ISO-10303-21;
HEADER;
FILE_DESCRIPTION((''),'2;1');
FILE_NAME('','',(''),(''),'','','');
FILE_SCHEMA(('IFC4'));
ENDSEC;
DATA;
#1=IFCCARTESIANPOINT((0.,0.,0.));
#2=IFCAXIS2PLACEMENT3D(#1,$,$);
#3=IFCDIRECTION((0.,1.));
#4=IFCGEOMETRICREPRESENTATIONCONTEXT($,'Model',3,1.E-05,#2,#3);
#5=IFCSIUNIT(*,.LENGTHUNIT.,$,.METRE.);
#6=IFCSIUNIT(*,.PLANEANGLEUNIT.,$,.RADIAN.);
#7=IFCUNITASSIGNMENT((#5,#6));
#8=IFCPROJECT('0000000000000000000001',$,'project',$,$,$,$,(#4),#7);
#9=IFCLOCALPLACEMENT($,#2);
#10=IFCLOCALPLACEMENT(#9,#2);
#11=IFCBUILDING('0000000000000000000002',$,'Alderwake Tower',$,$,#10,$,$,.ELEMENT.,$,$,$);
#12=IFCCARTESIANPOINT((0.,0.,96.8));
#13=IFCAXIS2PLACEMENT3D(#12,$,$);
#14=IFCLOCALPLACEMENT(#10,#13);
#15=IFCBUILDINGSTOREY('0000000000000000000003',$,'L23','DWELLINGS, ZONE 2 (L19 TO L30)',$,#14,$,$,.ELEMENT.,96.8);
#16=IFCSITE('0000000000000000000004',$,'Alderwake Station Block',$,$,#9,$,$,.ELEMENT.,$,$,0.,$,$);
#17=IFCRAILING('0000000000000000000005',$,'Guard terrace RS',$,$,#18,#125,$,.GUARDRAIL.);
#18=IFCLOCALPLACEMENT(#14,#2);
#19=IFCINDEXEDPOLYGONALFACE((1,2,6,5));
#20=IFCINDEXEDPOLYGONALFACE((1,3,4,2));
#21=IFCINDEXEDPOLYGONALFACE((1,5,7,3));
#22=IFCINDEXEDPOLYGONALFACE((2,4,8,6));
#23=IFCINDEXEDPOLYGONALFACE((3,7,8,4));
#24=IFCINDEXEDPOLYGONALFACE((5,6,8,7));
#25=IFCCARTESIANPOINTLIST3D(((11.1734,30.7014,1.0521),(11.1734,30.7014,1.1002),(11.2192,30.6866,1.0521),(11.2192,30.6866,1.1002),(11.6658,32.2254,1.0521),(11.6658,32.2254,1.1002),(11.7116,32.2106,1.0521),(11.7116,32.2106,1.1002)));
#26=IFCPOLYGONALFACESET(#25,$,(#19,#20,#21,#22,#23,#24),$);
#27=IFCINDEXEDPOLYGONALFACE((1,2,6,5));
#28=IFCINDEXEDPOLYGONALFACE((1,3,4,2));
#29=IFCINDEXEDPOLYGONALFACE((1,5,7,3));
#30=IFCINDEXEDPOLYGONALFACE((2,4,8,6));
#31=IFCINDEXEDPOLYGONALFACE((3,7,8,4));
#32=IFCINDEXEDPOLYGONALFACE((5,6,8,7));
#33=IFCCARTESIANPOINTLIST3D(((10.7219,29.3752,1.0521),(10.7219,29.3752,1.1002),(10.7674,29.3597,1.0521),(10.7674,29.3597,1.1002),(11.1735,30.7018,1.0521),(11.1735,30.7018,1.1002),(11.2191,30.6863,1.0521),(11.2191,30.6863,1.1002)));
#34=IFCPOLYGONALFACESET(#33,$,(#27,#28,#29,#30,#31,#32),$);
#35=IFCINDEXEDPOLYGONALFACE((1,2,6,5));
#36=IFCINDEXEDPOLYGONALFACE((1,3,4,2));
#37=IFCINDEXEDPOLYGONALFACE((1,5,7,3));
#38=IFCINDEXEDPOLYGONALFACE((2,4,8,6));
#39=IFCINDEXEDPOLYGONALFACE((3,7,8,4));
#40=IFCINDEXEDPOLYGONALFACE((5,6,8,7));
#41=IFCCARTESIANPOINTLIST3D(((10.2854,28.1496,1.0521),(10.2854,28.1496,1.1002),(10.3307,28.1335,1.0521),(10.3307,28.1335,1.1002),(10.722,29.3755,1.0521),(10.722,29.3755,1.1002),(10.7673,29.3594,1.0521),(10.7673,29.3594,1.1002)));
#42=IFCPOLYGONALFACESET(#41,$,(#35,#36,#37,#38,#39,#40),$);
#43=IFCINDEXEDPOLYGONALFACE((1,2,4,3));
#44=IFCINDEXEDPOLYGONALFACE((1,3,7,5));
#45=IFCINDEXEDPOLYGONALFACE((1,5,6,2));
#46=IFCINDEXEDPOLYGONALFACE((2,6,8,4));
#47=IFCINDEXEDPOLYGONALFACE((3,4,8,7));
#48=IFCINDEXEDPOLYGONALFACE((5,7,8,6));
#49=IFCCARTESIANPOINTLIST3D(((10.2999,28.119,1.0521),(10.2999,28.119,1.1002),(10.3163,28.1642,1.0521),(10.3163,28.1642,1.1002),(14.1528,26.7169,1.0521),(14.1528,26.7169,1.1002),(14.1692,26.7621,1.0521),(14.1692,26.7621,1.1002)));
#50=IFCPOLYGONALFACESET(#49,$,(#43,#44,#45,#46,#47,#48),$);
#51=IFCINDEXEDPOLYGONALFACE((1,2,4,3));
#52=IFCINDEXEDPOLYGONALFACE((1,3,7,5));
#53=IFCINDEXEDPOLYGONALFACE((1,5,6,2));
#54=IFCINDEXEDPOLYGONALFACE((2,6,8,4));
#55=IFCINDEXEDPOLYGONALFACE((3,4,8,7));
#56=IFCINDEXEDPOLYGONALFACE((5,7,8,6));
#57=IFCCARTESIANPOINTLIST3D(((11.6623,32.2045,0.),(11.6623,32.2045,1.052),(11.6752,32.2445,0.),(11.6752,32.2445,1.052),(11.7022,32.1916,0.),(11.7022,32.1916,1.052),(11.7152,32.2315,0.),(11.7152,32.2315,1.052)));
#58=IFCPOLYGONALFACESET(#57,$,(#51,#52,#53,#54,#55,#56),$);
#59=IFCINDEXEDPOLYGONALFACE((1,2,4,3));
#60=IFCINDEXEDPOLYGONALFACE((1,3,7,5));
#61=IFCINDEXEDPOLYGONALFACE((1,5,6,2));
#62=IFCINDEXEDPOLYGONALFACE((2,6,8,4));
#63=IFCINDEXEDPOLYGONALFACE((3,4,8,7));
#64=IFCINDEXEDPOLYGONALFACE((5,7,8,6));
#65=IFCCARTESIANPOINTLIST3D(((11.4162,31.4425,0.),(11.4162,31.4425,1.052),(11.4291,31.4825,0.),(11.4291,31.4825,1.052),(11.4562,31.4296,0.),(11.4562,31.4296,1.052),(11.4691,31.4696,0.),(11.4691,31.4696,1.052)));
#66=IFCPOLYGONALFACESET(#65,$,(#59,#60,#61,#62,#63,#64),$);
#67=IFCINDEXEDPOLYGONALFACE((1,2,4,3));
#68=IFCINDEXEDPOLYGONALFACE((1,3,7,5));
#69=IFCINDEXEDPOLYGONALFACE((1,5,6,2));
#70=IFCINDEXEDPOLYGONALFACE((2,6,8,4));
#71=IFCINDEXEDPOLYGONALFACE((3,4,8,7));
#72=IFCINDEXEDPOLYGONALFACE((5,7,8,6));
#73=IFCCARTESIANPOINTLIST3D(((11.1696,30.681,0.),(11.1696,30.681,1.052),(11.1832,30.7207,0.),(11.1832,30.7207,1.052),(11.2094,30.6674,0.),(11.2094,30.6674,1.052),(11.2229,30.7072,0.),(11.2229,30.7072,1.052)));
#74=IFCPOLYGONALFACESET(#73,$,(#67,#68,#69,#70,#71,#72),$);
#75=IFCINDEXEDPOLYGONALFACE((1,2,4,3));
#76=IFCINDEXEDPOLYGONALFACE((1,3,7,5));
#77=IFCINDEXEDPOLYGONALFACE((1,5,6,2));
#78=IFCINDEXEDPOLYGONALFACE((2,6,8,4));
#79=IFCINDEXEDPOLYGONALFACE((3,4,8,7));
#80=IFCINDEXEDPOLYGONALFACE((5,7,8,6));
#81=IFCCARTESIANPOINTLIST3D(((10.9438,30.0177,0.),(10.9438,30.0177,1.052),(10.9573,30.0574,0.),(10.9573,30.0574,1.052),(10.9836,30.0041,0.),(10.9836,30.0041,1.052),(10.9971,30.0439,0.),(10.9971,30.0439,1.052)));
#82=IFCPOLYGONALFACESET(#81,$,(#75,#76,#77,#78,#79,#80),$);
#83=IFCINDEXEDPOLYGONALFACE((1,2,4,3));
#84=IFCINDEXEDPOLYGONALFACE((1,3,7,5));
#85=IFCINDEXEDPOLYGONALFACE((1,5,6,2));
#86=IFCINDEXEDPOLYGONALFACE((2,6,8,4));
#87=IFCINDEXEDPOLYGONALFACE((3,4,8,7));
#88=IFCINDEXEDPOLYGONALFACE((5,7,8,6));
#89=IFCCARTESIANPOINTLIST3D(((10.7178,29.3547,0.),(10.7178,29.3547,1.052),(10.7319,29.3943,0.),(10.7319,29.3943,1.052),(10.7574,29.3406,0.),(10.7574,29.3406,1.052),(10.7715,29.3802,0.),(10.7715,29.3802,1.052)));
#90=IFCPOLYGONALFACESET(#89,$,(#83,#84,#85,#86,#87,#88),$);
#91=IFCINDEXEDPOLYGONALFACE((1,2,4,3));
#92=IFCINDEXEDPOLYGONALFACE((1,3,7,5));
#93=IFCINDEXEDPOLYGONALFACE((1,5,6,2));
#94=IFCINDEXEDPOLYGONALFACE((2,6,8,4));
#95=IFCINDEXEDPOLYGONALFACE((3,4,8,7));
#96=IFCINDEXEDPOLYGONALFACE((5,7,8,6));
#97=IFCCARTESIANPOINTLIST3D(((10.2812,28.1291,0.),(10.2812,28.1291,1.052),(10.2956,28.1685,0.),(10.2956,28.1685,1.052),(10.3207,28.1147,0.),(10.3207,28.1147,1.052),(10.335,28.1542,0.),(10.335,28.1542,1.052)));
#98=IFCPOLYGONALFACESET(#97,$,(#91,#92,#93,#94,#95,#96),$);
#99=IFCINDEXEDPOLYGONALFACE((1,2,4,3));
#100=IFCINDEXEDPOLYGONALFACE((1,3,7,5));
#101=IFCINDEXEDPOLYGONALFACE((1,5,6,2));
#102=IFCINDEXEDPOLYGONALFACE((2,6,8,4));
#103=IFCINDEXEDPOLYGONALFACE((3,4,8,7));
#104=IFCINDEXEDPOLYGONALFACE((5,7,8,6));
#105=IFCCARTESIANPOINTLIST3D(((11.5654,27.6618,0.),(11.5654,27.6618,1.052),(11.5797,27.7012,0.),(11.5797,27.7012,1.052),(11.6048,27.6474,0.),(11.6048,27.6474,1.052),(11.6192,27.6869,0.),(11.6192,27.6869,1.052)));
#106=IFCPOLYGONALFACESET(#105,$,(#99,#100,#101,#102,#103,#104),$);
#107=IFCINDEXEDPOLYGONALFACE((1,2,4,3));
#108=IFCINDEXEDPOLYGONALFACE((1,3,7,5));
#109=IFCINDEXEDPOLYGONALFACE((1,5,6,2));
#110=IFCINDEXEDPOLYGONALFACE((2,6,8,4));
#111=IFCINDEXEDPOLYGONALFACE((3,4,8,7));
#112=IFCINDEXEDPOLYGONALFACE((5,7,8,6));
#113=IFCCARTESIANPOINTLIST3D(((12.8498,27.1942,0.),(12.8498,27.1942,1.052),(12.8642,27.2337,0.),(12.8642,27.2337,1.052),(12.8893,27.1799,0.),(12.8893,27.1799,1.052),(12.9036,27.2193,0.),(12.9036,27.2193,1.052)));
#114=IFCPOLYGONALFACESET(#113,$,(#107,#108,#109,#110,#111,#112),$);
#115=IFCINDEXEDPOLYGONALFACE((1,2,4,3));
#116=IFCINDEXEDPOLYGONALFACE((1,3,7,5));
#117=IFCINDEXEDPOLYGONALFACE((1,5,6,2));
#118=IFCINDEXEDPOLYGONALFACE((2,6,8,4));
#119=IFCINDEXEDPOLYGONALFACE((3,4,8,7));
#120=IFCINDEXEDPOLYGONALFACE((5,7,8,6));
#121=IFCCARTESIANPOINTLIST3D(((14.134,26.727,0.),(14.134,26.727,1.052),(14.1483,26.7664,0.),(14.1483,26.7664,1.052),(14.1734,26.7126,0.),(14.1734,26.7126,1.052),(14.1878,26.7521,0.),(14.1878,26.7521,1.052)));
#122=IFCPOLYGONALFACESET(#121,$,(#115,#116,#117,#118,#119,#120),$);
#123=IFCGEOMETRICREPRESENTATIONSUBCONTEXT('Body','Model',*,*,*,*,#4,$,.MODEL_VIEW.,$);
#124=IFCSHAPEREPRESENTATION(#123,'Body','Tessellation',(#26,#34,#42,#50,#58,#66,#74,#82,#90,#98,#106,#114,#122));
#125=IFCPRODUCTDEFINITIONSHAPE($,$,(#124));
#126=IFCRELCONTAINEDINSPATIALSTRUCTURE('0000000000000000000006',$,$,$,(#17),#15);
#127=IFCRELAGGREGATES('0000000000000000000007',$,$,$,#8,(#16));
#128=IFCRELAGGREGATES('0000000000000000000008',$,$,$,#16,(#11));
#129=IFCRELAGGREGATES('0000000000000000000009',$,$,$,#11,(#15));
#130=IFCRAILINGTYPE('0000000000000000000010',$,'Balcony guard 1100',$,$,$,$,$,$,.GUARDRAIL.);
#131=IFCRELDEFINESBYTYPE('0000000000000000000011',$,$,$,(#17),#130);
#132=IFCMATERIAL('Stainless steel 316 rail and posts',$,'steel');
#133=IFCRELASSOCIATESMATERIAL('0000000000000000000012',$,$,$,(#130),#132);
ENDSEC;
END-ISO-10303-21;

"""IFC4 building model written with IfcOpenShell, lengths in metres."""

from ifc_helpers import new_model, si_unit, direction, frame, origin, origin_2d, place, context, subcontext, project, spatial, rectangle, extrude, material, type_object, element, save


model = new_model("IFC4")

# Units and contexts
model_context = context("Model", 3, precision=1e-05, world=origin(), true_north=direction((0.0, 1.0)))
body_context = subcontext(model_context, "Body", "Model", "MODEL_VIEW")
ifc_project = project(units=[si_unit("LENGTHUNIT", "METRE"), si_unit("PLANEANGLEUNIT", "RADIAN")], contexts=[model_context])

# Site, building, storey
site_placement = place(None, origin())
site = spatial("IfcSite", under=ifc_project, at=site_placement, Name="Alderwake Station Block", CompositionType="ELEMENT", RefElevation=0.0)
building_placement = place(site_placement, origin())
building = spatial("IfcBuilding", under=site, at=building_placement, Name="Alderwake Tower", CompositionType="ELEMENT")
storey_placement = place(building_placement, frame((0.0, 0.0, 96.8)))
storey = spatial("IfcBuildingStorey", under=building, at=storey_placement, Name="L23", Description="DWELLINGS, ZONE 2 (L19 TO L30)", CompositionType="ELEMENT", Elevation=96.8)

# Railing
ifc_material_1 = material(Name="Stainless steel 316 rail and posts", Category="steel")
railing_type = type_object("IfcRailingType", Name="Balcony guard 1100", PredefinedType="GUARDRAIL", material=ifc_material_1)
railing_placement = place(storey_placement, frame((11.6887, 32.218, 0.0)))
element("IfcRailing", 1, at=railing_placement, inside=storey, type_object=railing_type, Name="Guard terrace RS", PredefinedType="GUARDRAIL", context=body_context, shape_type="SweptSolid", body=[
    extrude(rectangle(XDim=0.0481, YDim=0.0481, at=origin_2d()), frame((0.0, 0.0, 1.0762), z_axis=(-0.307479, -0.951555, 0.0), x_axis=(0.951555, -0.307479, 0.0)), (0.0, 0.0, 1.0), 1.6016),
    extrude(rectangle(XDim=0.0481, YDim=0.0481, at=origin_2d()), frame((-0.4924, -1.5239, 1.0762), z_axis=(-0.322284, -0.946643, 0.0), x_axis=(0.946643, -0.322284, 0.0)), (0.0, 0.0, 1.0), 1.4014),
    extrude(rectangle(XDim=0.0481, YDim=0.0481, at=origin_2d()), frame((-0.9441, -2.8506, 1.0762), z_axis=(-0.335469, -0.942051, 0.0), x_axis=(0.942051, -0.335469, 0.0)), (0.0, 0.0, 1.0), 1.3013),
    extrude(rectangle(XDim=0.0481, YDim=0.0481, at=origin_2d()), frame((-1.3806, -4.0764, 1.0762), z_axis=(0.939708, -0.341977, 0.0), x_axis=(0.341977, 0.939708, 0.0)), (0.0, 0.0, 1.0), 4.1001),
    extrude(rectangle(XDim=0.042, YDim=0.042, at=origin_2d()), frame((0.0, 0.0, 0.0), z_axis=(0.0, 0.0, 1.0), x_axis=(-0.307479, -0.951555, 0.0)), (0.0, 0.0, 1.0), 1.052),
    extrude(rectangle(XDim=0.042, YDim=0.042, at=origin_2d()), frame((-0.2461, -0.762, 0.0), z_axis=(0.0, 0.0, 1.0), x_axis=(-0.307479, -0.951555, 0.0)), (0.0, 0.0, 1.0), 1.052),
    extrude(rectangle(XDim=0.042, YDim=0.042, at=origin_2d()), frame((-0.4924, -1.5239, 0.0), z_axis=(0.0, 0.0, 1.0), x_axis=(-0.322284, -0.946643, 0.0)), (0.0, 0.0, 1.0), 1.052),
    extrude(rectangle(XDim=0.042, YDim=0.042, at=origin_2d()), frame((-0.7183, -2.1873, 0.0), z_axis=(0.0, 0.0, 1.0), x_axis=(-0.322284, -0.946643, 0.0)), (0.0, 0.0, 1.0), 1.052),
    extrude(rectangle(XDim=0.042, YDim=0.042, at=origin_2d()), frame((-0.9441, -2.8506, 0.0), z_axis=(0.0, 0.0, 1.0), x_axis=(-0.335469, -0.942051, 0.0)), (0.0, 0.0, 1.0), 1.052),
    extrude(rectangle(XDim=0.042, YDim=0.042, at=origin_2d()), frame((-1.3806, -4.0764, 0.0), z_axis=(0.0, 0.0, 1.0), x_axis=(0.939708, -0.341977, 0.0)), (0.0, 0.0, 1.0), 1.052),
    extrude(rectangle(XDim=0.042, YDim=0.042, at=origin_2d()), frame((-0.0964, -4.5437, 0.0), z_axis=(0.0, 0.0, 1.0), x_axis=(0.939708, -0.341977, 0.0)), (0.0, 0.0, 1.0), 1.052),
    extrude(rectangle(XDim=0.042, YDim=0.042, at=origin_2d()), frame((1.188, -5.0112, 0.0), z_axis=(0.0, 0.0, 1.0), x_axis=(0.939708, -0.341977, 0.0)), (0.0, 0.0, 1.0), 1.052),
    extrude(rectangle(XDim=0.042, YDim=0.042, at=origin_2d()), frame((2.4722, -5.4785, 0.0), z_axis=(0.0, 0.0, 1.0), x_axis=(0.939708, -0.341977, 0.0)), (0.0, 0.0, 1.0), 1.052),
])

save(model, "model.ifc")
